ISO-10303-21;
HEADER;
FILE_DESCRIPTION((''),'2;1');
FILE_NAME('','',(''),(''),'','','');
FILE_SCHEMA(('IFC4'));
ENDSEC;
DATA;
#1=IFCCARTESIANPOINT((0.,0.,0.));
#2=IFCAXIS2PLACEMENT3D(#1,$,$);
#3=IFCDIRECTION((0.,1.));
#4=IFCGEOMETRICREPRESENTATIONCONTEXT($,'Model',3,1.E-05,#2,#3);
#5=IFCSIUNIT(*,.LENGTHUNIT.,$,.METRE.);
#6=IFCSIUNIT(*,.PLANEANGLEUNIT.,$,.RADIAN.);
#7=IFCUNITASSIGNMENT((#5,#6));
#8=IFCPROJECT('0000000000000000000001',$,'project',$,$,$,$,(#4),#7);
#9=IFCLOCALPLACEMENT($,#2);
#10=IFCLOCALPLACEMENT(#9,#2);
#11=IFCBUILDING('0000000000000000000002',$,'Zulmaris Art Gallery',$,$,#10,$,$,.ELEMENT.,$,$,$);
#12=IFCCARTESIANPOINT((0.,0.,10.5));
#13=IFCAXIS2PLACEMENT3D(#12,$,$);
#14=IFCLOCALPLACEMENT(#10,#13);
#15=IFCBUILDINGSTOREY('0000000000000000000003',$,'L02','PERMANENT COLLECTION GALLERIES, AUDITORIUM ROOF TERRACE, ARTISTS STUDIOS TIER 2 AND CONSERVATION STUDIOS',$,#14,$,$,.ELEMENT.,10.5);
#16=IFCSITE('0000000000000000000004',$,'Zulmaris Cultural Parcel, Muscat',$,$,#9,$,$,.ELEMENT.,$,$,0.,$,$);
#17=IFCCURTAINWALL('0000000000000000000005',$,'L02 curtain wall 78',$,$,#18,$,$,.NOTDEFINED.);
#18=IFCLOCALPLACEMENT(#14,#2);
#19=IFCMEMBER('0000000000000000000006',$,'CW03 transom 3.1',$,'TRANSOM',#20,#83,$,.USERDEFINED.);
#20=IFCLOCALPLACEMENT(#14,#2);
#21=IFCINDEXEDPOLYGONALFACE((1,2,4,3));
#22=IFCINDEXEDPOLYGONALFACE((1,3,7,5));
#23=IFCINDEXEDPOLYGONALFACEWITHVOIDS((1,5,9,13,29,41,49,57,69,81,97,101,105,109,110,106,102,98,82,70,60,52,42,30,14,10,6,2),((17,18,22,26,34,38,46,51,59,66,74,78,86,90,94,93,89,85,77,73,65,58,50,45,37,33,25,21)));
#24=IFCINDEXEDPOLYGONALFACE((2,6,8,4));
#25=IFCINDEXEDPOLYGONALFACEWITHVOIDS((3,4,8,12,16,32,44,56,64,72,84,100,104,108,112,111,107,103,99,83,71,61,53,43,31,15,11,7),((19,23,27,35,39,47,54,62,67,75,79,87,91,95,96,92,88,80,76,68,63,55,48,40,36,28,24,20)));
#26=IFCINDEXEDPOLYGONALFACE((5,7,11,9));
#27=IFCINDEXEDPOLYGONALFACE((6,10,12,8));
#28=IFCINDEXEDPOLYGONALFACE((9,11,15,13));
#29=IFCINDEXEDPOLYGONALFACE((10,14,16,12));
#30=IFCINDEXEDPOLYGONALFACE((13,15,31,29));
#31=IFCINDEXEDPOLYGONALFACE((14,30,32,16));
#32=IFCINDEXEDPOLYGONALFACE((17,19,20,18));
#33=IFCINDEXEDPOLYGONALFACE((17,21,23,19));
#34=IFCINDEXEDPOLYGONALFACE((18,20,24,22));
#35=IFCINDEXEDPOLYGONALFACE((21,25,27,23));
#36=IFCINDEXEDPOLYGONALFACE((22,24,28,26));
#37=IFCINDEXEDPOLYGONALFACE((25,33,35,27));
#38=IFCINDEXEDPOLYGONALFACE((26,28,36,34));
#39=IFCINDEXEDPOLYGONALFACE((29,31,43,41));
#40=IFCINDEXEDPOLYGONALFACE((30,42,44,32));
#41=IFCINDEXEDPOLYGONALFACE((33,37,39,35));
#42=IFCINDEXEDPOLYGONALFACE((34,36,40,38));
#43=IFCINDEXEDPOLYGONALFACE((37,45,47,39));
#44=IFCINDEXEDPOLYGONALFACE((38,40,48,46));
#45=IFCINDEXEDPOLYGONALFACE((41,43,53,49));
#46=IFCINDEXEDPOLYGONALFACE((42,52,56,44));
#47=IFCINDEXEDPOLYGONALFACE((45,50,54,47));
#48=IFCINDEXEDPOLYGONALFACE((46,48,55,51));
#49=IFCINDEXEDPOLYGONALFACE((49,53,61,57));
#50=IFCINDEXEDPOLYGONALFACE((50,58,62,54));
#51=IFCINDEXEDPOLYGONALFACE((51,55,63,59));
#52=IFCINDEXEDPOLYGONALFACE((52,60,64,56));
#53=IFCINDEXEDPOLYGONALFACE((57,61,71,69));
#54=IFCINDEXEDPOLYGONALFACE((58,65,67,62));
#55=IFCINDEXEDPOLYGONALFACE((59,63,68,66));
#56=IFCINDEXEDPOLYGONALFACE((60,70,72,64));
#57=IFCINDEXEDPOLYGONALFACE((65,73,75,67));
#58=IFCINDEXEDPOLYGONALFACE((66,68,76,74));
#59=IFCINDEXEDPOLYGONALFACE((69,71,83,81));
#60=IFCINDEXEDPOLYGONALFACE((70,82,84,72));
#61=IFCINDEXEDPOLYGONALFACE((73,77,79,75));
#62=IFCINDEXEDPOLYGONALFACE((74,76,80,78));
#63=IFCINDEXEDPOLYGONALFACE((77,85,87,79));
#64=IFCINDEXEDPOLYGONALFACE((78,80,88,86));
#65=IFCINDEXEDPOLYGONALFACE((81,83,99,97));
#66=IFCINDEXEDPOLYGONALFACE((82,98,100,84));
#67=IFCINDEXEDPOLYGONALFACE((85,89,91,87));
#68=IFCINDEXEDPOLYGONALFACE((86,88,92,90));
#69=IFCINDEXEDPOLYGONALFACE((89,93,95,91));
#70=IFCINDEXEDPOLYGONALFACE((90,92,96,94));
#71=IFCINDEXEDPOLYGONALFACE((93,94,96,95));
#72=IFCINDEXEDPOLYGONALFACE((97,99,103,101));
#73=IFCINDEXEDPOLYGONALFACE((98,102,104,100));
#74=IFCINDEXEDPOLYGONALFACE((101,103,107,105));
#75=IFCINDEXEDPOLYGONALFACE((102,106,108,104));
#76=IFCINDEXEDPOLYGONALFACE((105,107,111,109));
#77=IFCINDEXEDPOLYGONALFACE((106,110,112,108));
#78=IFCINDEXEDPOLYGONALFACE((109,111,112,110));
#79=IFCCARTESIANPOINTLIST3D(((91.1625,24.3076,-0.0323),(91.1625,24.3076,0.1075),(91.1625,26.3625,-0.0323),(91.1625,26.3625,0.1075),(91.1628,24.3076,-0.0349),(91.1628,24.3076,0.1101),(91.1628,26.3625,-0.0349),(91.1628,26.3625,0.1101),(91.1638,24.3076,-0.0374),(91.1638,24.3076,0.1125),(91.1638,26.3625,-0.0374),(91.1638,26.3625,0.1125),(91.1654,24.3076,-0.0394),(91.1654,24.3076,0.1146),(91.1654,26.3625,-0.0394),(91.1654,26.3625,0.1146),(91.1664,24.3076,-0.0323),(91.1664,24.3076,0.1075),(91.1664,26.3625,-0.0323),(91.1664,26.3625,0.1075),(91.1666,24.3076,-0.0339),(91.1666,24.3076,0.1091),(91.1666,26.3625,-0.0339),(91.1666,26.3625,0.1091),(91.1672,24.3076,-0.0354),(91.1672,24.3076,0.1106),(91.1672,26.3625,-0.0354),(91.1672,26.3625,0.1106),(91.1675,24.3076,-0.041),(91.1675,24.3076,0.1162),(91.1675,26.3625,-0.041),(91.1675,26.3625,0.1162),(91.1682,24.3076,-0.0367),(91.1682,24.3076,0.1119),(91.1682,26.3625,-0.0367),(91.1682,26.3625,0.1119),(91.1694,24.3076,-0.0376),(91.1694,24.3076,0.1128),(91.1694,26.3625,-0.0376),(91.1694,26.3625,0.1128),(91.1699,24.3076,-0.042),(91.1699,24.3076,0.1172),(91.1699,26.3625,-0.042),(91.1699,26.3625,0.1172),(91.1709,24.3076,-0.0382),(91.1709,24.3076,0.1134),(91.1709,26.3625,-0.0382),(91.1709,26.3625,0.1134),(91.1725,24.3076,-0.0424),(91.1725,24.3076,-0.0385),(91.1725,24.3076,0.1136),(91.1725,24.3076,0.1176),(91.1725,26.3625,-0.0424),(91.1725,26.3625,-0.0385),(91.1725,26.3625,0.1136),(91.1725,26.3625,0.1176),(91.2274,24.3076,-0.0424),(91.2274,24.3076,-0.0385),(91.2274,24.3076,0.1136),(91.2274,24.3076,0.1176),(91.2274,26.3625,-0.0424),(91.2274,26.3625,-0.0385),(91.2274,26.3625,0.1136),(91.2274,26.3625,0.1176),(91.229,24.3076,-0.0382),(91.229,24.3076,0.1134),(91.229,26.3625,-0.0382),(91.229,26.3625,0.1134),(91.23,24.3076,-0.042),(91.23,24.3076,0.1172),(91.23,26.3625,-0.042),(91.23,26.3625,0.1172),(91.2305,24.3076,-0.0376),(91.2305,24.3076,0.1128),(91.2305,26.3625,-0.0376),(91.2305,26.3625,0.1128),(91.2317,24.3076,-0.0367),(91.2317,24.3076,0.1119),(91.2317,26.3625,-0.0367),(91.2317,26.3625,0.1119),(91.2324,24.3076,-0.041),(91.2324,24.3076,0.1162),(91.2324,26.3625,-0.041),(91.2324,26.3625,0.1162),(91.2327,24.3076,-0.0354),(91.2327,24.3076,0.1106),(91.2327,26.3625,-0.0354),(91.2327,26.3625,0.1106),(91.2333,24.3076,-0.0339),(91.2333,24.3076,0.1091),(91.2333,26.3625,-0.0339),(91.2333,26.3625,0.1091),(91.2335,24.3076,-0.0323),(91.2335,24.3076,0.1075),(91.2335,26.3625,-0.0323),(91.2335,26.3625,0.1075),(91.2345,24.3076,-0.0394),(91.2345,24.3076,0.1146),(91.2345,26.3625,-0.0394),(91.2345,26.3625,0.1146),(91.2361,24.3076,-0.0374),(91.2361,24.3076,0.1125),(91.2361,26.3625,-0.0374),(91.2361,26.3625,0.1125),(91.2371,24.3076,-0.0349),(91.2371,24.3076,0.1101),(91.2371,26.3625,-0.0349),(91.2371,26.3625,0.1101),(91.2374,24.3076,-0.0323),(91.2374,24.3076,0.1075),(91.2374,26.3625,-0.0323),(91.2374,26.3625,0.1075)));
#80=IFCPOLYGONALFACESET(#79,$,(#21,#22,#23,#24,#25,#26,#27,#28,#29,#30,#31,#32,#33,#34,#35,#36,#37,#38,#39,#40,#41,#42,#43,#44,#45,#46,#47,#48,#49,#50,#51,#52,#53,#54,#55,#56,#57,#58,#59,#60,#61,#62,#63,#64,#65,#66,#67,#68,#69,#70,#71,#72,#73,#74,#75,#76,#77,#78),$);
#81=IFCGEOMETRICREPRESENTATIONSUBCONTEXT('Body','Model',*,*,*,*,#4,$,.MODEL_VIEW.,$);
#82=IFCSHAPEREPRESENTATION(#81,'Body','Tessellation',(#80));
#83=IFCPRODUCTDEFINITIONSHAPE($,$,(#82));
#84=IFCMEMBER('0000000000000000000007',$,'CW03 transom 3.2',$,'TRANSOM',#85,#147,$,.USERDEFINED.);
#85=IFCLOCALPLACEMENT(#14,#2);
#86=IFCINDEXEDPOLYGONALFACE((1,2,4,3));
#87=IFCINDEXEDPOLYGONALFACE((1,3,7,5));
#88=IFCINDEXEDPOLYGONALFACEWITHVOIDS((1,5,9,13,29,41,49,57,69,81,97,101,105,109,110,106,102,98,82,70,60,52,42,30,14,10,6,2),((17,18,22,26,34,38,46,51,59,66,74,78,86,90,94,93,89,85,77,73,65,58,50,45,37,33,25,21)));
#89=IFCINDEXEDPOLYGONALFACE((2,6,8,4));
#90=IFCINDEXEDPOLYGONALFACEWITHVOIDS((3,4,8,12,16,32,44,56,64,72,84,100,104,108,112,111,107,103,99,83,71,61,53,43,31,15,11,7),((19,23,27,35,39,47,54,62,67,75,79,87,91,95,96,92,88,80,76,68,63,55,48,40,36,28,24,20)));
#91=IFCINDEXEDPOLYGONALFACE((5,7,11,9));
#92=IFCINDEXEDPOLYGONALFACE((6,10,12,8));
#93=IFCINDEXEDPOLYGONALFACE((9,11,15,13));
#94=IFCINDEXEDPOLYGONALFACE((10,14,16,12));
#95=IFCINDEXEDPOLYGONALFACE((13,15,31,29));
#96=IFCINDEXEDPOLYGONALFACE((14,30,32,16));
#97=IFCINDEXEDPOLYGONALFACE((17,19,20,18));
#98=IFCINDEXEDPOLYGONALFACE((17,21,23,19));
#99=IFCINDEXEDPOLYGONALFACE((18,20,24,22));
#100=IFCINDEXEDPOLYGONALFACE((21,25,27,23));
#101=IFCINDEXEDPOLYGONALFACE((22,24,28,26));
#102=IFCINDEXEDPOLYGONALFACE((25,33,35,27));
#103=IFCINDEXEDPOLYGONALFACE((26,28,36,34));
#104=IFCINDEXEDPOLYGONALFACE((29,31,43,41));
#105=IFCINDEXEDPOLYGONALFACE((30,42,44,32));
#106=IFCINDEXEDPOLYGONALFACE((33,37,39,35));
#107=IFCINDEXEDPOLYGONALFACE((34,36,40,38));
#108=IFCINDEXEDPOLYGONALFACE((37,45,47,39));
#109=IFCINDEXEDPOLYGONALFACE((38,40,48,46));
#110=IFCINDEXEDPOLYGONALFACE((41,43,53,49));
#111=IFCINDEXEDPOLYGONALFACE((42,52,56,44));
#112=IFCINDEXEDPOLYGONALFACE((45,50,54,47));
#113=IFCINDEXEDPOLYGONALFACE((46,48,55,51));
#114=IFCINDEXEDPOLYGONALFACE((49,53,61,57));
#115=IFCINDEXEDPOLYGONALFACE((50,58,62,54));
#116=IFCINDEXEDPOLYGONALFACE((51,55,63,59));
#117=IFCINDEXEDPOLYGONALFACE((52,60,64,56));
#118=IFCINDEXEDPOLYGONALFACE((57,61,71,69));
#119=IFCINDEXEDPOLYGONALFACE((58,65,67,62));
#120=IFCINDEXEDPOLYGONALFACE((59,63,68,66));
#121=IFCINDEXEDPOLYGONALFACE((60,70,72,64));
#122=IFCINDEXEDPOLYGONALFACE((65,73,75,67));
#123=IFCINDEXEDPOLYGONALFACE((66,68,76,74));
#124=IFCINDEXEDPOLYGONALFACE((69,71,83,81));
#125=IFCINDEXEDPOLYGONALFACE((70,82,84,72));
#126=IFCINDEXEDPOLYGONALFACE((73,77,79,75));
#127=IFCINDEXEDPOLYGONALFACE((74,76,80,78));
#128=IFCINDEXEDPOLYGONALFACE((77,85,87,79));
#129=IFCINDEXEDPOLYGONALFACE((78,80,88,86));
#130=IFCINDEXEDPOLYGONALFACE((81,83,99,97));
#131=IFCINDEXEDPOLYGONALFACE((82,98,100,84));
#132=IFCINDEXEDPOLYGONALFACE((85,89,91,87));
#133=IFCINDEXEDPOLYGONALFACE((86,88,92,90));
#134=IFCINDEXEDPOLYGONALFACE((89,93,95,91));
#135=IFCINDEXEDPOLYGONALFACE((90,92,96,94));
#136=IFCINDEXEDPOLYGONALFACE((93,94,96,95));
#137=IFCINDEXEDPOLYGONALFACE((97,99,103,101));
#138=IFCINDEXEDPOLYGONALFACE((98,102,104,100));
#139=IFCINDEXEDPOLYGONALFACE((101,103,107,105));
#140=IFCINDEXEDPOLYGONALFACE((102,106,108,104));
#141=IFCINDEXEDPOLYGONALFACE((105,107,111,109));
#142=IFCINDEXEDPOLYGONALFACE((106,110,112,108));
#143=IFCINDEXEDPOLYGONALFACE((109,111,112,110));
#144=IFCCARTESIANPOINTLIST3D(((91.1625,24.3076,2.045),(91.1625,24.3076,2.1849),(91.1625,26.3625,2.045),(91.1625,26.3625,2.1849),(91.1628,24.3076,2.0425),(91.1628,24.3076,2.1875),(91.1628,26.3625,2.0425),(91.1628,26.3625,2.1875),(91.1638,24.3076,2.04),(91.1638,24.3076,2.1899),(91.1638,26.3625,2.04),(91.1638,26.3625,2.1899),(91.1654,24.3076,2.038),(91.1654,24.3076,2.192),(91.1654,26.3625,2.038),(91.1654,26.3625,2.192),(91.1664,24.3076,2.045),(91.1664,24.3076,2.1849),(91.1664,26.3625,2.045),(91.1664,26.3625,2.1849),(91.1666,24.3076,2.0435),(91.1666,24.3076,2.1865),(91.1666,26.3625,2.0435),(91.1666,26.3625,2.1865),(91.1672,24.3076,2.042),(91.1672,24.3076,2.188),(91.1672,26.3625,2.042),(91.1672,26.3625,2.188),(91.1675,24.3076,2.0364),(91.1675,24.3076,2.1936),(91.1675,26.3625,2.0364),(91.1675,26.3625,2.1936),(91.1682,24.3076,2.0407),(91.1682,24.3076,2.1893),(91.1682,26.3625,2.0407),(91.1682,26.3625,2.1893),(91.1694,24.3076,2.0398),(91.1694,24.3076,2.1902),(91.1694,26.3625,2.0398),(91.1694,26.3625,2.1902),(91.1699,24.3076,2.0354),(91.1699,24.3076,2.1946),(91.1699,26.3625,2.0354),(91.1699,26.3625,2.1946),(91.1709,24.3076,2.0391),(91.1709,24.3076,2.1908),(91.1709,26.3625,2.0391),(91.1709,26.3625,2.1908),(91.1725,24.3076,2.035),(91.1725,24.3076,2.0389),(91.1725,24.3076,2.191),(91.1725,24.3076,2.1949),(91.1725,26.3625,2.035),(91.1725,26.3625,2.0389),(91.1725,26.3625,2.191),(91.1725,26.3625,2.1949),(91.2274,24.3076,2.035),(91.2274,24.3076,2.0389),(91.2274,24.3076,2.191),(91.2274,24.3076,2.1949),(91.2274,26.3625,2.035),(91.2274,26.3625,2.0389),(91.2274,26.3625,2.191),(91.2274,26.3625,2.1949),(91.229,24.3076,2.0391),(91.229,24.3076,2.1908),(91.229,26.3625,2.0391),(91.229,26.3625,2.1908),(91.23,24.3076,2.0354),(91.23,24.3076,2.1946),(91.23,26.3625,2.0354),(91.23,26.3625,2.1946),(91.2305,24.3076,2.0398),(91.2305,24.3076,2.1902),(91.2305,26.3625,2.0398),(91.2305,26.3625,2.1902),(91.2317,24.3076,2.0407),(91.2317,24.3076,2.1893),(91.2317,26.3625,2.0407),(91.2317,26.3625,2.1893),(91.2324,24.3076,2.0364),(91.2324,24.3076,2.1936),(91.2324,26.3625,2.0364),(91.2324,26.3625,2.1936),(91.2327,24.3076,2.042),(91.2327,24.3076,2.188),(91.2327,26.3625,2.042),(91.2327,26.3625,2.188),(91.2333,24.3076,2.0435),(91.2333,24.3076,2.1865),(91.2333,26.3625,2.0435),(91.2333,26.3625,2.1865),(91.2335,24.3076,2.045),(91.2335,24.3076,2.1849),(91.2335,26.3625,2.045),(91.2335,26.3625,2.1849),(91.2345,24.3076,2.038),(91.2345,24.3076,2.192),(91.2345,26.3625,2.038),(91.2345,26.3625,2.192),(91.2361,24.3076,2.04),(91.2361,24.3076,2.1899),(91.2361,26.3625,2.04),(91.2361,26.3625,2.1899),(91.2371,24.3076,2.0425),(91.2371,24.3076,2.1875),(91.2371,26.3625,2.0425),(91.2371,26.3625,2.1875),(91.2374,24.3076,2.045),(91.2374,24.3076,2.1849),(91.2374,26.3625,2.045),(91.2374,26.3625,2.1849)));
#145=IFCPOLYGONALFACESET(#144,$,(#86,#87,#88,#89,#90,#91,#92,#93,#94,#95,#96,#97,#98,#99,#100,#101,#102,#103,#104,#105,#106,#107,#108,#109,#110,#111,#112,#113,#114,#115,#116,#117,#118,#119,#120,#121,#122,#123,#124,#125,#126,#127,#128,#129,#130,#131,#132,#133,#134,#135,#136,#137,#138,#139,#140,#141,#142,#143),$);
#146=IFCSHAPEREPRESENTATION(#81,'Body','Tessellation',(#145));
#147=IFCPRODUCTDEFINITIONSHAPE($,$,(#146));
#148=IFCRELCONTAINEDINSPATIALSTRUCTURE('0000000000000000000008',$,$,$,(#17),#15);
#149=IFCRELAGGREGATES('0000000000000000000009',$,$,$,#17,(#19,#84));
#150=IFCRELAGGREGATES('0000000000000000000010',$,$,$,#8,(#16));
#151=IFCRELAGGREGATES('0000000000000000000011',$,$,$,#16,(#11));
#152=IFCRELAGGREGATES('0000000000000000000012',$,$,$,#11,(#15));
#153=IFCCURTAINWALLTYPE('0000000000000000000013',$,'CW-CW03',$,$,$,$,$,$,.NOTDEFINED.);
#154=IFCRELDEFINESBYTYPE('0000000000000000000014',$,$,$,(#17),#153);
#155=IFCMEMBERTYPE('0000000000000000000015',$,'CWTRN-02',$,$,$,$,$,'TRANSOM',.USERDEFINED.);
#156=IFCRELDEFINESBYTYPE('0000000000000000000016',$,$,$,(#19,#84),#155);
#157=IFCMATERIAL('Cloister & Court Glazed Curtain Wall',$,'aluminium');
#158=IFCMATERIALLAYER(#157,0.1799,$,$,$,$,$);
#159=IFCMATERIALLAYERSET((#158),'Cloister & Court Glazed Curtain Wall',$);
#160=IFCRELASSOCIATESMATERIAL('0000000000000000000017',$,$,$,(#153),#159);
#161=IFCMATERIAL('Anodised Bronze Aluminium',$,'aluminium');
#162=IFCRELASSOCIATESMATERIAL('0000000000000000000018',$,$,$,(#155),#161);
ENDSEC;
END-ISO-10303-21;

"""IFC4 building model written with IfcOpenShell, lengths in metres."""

from ifc_helpers import new_model, si_unit, direction, frame, origin, origin_2d, place, context, subcontext, project, spatial, hollow_rectangle, extrude, material, layer, layer_set, material_profile, profile_set, type_object, element, aggregate, save


model = new_model("IFC4")

# Units and contexts
model_context = context("Model", 3, precision=1e-05, world=origin(), true_north=direction((0.0, 1.0)))
body_context = subcontext(model_context, "Body", "Model", "MODEL_VIEW")
ifc_project = project(units=[si_unit("LENGTHUNIT", "METRE"), si_unit("PLANEANGLEUNIT", "RADIAN")], contexts=[model_context])

# Site, building, storey
site_placement = place(None, origin())
site = spatial("IfcSite", under=ifc_project, at=site_placement, Name="Zulmaris Cultural Parcel, Muscat", CompositionType="ELEMENT", RefElevation=0.0)
building_placement = place(site_placement, origin())
building = spatial("IfcBuilding", under=site, at=building_placement, Name="Zulmaris Art Gallery", CompositionType="ELEMENT")
storey_placement = place(building_placement, frame((0.0, 0.0, 10.5)))
storey = spatial("IfcBuildingStorey", under=building, at=storey_placement, Name="L02", Description="PERMANENT COLLECTION GALLERIES, AUDITORIUM ROOF TERRACE, ARTISTS STUDIOS TIER 2 AND CONSERVATION STUDIOS", CompositionType="ELEMENT", Elevation=10.5)

# Curtain wall, members
ifc_material_1 = material(Name="Cloister & Court Glazed Curtain Wall", Category="aluminium")
ifc_layer_1 = layer(ifc_material_1, 0.1799)
ifc_layer_set_1 = layer_set([ifc_layer_1], Name="Cloister & Court Glazed Curtain Wall")
curtain_wall_type = type_object("IfcCurtainWallType", Name="CW-CW03", PredefinedType="NOTDEFINED", material=ifc_layer_set_1)
curtain_wall_1_placement = place(storey_placement, origin())
curtain_wall_1 = element("IfcCurtainWall", 1, at=curtain_wall_1_placement, inside=storey, type_object=curtain_wall_type, Name="L02 curtain wall 78", PredefinedType="NOTDEFINED")
ifc_material_2 = material(Name="Anodised Bronze Aluminium", Category="aluminium")
ifc_material_profile_1 = material_profile(ifc_material_2, hollow_rectangle(XDim=0.075, YDim=0.1599, WallThickness=0.0039, InnerFilletRadius=0.0061, OuterFilletRadius=0.01, at=origin_2d()), Name="ALU 75x160x4")
ifc_profile_set_1 = profile_set([ifc_material_profile_1], Name="Anodised Bronze Aluminium")
member_type_1 = type_object("IfcMemberType", Name="CWTRN-02", ElementType="TRANSOM", PredefinedType="USERDEFINED", material=ifc_profile_set_1)
member_1_placement = place(storey_placement, frame((91.2, 26.3625, 0.0376), z_axis=(0.0, -1.0, 0.0), x_axis=(1.0, 0.0, 0.0)))
member_1 = element("IfcMember", 2, at=member_1_placement, type_object=member_type_1, Name="CW03 transom 3.1", ObjectType="TRANSOM", PredefinedType="USERDEFINED", context=body_context, shape_type="SweptSolid", body=[
    extrude(hollow_rectangle(XDim=0.075, YDim=0.1599, WallThickness=0.0039, InnerFilletRadius=0.0061, OuterFilletRadius=0.01, at=origin_2d()), origin(), (0.0, 0.0, 1.0), 2.0549),
])
member_2_placement = place(storey_placement, frame((91.2, 26.3625, 2.115), z_axis=(0.0, -1.0, 0.0), x_axis=(1.0, 0.0, 0.0)))
member_2 = element("IfcMember", 3, at=member_2_placement, type_object=member_type_1, Name="CW03 transom 3.2", ObjectType="TRANSOM", PredefinedType="USERDEFINED", context=body_context, shape_type="SweptSolid", body=[
    extrude(hollow_rectangle(XDim=0.075, YDim=0.1599, WallThickness=0.0039, InnerFilletRadius=0.0061, OuterFilletRadius=0.01, at=origin_2d()), origin(), (0.0, 0.0, 1.0), 2.0549),
])

aggregate(curtain_wall_1, [member_1, member_2])

save(model, "model.ifc")
